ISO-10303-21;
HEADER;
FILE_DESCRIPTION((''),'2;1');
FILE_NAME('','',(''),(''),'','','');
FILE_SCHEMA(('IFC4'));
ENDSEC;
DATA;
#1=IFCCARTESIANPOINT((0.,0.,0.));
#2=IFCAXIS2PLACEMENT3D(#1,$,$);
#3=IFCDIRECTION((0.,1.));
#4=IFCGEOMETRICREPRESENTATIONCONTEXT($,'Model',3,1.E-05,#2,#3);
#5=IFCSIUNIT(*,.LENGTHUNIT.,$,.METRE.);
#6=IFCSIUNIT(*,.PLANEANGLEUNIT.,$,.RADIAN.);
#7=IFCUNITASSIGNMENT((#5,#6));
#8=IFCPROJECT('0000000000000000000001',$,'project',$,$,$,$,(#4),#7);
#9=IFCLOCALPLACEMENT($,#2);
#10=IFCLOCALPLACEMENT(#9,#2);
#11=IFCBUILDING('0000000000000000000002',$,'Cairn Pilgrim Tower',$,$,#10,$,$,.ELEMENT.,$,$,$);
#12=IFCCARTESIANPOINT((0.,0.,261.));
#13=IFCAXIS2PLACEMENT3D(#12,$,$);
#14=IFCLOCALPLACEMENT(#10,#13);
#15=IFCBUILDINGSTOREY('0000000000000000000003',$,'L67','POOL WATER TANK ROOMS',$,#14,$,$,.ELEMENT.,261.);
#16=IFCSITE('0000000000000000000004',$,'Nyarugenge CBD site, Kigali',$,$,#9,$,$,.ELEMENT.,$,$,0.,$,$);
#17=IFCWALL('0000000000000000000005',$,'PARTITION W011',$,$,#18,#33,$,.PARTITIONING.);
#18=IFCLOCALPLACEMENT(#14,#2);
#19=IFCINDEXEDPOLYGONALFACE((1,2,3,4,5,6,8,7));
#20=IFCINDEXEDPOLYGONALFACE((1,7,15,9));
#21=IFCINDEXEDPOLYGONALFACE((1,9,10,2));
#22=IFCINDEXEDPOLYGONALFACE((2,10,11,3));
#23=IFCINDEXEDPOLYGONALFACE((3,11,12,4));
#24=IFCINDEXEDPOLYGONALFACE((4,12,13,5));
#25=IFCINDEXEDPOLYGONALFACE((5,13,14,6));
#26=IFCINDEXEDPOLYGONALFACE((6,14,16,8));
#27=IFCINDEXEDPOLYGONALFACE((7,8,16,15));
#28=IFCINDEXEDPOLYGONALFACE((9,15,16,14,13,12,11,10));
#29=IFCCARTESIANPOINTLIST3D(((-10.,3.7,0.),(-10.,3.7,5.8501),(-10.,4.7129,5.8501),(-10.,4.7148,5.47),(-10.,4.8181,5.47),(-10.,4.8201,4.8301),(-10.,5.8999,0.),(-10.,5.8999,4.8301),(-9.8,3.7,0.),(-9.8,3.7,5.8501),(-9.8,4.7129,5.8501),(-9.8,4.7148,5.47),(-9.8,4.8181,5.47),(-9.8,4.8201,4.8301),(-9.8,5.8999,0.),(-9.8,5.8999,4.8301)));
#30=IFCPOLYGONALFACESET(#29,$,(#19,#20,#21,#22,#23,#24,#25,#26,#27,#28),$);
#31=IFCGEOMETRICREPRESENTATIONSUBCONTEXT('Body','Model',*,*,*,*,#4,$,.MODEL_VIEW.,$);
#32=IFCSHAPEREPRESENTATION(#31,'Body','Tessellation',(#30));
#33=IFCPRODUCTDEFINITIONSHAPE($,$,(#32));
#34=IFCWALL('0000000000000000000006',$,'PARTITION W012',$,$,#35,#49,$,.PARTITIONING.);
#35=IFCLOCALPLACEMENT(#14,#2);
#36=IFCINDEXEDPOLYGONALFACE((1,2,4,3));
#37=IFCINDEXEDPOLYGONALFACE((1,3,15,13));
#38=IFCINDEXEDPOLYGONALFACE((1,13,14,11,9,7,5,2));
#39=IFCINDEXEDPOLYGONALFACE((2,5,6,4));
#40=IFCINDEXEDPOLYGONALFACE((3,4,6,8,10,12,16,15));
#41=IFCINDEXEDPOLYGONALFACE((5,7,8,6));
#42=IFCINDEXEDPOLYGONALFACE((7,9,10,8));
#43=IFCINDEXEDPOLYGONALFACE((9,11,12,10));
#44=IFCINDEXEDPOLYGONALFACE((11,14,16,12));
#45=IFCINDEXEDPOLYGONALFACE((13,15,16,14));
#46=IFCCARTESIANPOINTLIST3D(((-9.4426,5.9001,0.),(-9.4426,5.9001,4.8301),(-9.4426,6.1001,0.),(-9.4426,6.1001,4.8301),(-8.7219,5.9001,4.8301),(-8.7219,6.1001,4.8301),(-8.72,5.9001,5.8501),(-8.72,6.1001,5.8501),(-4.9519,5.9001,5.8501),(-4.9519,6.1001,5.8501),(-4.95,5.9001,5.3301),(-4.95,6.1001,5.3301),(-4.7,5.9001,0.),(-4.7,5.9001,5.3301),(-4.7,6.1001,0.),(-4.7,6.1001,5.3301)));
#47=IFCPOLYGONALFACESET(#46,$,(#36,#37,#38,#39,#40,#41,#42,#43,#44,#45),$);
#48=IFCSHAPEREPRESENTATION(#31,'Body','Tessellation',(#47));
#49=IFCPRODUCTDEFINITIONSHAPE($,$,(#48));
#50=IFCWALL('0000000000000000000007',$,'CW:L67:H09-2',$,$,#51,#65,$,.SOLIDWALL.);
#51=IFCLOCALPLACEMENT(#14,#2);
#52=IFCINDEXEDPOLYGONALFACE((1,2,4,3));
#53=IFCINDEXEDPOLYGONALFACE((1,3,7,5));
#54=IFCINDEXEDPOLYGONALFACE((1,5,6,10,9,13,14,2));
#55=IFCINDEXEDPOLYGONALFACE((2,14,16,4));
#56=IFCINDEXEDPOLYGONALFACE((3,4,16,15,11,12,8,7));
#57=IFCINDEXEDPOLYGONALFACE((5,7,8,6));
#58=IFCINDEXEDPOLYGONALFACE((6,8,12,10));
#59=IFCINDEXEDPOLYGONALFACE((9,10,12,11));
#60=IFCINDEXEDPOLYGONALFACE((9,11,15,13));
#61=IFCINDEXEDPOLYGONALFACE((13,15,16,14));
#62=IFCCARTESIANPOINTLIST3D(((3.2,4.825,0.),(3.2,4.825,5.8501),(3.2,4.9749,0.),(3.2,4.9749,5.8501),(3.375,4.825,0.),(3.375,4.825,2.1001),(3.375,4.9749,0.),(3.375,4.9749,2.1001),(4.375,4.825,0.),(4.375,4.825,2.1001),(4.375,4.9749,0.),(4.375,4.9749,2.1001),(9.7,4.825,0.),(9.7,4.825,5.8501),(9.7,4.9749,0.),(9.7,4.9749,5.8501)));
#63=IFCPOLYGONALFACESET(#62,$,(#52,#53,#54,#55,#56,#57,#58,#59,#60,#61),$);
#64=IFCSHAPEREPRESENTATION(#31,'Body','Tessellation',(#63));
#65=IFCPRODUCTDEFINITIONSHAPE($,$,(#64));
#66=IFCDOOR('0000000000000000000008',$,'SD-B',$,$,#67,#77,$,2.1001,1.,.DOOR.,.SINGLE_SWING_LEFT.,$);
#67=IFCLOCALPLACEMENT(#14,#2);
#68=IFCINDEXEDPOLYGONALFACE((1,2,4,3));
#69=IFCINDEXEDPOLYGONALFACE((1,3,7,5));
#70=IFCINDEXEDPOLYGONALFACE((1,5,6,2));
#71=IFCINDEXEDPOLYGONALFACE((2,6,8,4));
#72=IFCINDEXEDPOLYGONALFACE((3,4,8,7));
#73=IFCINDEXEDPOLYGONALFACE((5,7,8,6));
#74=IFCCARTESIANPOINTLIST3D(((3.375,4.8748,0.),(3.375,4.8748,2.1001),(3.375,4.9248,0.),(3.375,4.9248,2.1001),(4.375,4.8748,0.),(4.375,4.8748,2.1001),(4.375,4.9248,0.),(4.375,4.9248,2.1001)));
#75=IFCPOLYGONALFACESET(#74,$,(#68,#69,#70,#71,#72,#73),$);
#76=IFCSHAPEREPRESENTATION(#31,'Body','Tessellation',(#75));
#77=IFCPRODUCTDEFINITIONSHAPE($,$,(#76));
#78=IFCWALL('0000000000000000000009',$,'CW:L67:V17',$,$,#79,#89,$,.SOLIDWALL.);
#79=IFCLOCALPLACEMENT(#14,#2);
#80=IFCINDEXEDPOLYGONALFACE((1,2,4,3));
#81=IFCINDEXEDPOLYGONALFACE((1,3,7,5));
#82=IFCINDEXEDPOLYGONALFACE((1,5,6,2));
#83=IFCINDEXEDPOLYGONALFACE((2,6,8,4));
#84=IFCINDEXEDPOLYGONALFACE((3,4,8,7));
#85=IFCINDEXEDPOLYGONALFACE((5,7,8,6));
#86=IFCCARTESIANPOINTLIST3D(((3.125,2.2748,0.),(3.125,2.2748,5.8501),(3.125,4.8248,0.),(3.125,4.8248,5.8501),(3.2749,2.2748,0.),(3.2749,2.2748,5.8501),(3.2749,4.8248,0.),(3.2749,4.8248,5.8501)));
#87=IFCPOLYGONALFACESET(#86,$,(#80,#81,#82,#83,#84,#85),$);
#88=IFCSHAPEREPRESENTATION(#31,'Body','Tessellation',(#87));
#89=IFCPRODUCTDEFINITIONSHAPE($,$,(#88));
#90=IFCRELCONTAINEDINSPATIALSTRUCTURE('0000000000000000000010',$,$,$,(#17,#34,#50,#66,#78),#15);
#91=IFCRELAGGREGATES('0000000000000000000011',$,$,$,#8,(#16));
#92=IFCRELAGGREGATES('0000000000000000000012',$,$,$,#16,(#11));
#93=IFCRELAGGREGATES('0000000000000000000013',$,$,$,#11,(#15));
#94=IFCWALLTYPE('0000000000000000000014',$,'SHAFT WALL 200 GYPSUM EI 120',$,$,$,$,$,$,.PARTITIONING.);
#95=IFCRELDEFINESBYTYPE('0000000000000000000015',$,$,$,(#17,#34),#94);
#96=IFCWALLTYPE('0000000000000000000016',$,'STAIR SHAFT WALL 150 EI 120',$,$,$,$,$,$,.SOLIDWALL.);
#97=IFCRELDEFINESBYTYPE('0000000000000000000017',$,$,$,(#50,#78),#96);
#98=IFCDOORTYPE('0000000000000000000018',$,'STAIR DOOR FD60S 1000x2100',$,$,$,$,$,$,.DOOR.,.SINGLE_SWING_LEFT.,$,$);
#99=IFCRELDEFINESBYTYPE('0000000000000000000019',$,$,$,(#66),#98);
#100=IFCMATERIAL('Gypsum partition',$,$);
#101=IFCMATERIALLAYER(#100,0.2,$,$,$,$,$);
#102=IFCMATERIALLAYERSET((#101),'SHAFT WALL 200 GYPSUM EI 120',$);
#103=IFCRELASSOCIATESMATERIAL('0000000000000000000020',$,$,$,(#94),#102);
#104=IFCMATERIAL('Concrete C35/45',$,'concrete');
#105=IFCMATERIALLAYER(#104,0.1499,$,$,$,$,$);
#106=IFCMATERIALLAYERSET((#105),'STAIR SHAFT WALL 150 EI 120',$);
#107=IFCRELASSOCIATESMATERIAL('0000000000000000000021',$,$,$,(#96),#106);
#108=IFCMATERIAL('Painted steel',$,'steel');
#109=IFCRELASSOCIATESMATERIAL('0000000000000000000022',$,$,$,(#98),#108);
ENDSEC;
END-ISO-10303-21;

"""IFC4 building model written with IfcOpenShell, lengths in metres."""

from ifc_helpers import new_model, si_unit, direction, frame, frame_2d, origin, place, context, subcontext, project, spatial, polyline, rectangle, outline, extrude, material, layer, layer_set, type_object, element, fill, save


model = new_model("IFC4")

# Units and contexts
model_context = context("Model", 3, precision=1e-05, world=origin(), true_north=direction((0.0, 1.0)))
body_context = subcontext(model_context, "Body", "Model", "MODEL_VIEW")
ifc_project = project(units=[si_unit("LENGTHUNIT", "METRE"), si_unit("PLANEANGLEUNIT", "RADIAN")], contexts=[model_context])

# Site, building, storey
site_placement = place(None, origin())
site = spatial("IfcSite", under=ifc_project, at=site_placement, Name="Nyarugenge CBD site, Kigali", CompositionType="ELEMENT", RefElevation=0.0)
building_placement = place(site_placement, origin())
building = spatial("IfcBuilding", under=site, at=building_placement, Name="Cairn Pilgrim Tower", CompositionType="ELEMENT")
storey_placement = place(building_placement, frame((0.0, 0.0, 261.0)))
storey = spatial("IfcBuildingStorey", under=building, at=storey_placement, Name="L67", Description="POOL WATER TANK ROOMS", CompositionType="ELEMENT", Elevation=261.0)

# Walls
ifc_material_1 = material(Name="Gypsum partition")
ifc_layer_1 = layer(ifc_material_1, 0.2)
ifc_layer_set_1 = layer_set([ifc_layer_1], Name="SHAFT WALL 200 GYPSUM EI 120")
wall_type_1 = type_object("IfcWallType", Name="SHAFT WALL 200 GYPSUM EI 120", PredefinedType="PARTITIONING", material=ifc_layer_set_1)
wall_1_placement = place(storey_placement, frame((-9.8999, 3.7, 0.0), z_axis=(0.0, 0.0, 1.0), x_axis=(0.0, 1.0, 0.0)))
element("IfcWall", 1, at=wall_1_placement, inside=storey, type_object=wall_type_1, Name="PARTITION W011", PredefinedType="PARTITIONING", context=body_context, shape_type="SweptSolid", body=[
    extrude(outline(polyline([(0.0, 0.0), (2.2, 0.0), (2.2, 4.8301), (1.1201, 4.8301), (1.1182, 5.47), (1.0149, 5.47), (1.0129, 5.8501), (0.0, 5.8501), (0.0, 0.0)])), frame((0.0, 0.1001, 0.0), z_axis=(0.0, -1.0, 0.0), x_axis=(1.0, 0.0, 0.0)), (0.0, 0.0, 1.0), 0.2),
])
wall_2_placement = place(storey_placement, frame((-9.4426, 6.0, 0.0), z_axis=(0.0, 0.0, 1.0), x_axis=(1.0, 0.0, 0.0)))
element("IfcWall", 2, at=wall_2_placement, inside=storey, type_object=wall_type_1, Name="PARTITION W012", PredefinedType="PARTITIONING", context=body_context, shape_type="SweptSolid", body=[
    extrude(outline(polyline([(0.0, 0.0), (4.7427, 0.0), (4.7427, 5.3301), (4.4927, 5.3301), (4.4907, 5.8501), (0.7227, 5.8501), (0.7207, 4.8301), (0.0, 4.8301), (0.0, 0.0)])), frame((0.0, 0.1001, 0.0), z_axis=(0.0, -1.0, 0.0), x_axis=(1.0, 0.0, 0.0)), (0.0, 0.0, 1.0), 0.2),
])

# Wall, opening, door
ifc_material_2 = material(Name="Concrete C35/45", Category="concrete")
ifc_layer_2 = layer(ifc_material_2, 0.1499)
ifc_layer_set_2 = layer_set([ifc_layer_2], Name="STAIR SHAFT WALL 150 EI 120")
wall_type_2 = type_object("IfcWallType", Name="STAIR SHAFT WALL 150 EI 120", PredefinedType="SOLIDWALL", material=ifc_layer_set_2)
wall_3_placement = place(storey_placement, frame((3.2, 4.8999, 0.0), z_axis=(0.0, 0.0, 1.0), x_axis=(1.0, 0.0, 0.0)))
wall_3 = element("IfcWall", 3, at=wall_3_placement, inside=storey, type_object=wall_type_2, Name="CW:L67:H09-2", PredefinedType="SOLIDWALL", context=body_context, shape_type="SweptSolid", body=[
    extrude(rectangle(XDim=6.5, YDim=0.1499, at=frame_2d((3.25, 0.0))), origin(), (0.0, 0.0, 1.0), 5.8501),
])
opening_1_placement = place(wall_3_placement, frame((0.175, 0.0, 0.0)))
opening_1 = element("IfcOpeningElement", 4, at=opening_1_placement, cuts=wall_3, PredefinedType="OPENING", context=body_context, shape_type="SweptSolid", body=[
    extrude(rectangle(XDim=1.0, YDim=2.1001, at=frame_2d((0.5, 1.05))), frame((0.0, 0.085, 0.0), z_axis=(0.0, -1.0, 0.0), x_axis=(1.0, 0.0, 0.0)), (0.0, 0.0, 1.0), 0.1699),
])
ifc_material_3 = material(Name="Painted steel", Category="steel")
door_type_1 = type_object("IfcDoorType", Name="STAIR DOOR FD60S 1000x2100", OperationType="SINGLE_SWING_LEFT", PredefinedType="DOOR", material=ifc_material_3)
door_1_placement = place(opening_1_placement, origin())
door_1 = element("IfcDoor", 5, at=door_1_placement, inside=storey, type_object=door_type_1, Name="SD-B", OperationType="SINGLE_SWING_LEFT", OverallHeight=2.1001, OverallWidth=1.0, PredefinedType="DOOR", context=body_context, shape_type="SweptSolid", body=[
    extrude(rectangle(XDim=1.0, YDim=2.1001, at=frame_2d((0.5, 1.05))), frame((0.0, 0.0249, 0.0), z_axis=(0.0, -1.0, 0.0), x_axis=(1.0, 0.0, 0.0)), (0.0, 0.0, 1.0), 0.05),
])
fill(opening_1, door_1)

# Wall
wall_4_placement = place(storey_placement, frame((3.2, 2.2749, 0.0), z_axis=(0.0, 0.0, 1.0), x_axis=(0.0, 1.0, 0.0)))
element("IfcWall", 6, at=wall_4_placement, inside=storey, type_object=wall_type_2, Name="CW:L67:V17", PredefinedType="SOLIDWALL", context=body_context, shape_type="SweptSolid", body=[
    extrude(rectangle(XDim=2.55, YDim=0.1499, at=frame_2d((1.2749, 0.0))), origin(), (0.0, 0.0, 1.0), 5.8501),
])

save(model, "model.ifc")
